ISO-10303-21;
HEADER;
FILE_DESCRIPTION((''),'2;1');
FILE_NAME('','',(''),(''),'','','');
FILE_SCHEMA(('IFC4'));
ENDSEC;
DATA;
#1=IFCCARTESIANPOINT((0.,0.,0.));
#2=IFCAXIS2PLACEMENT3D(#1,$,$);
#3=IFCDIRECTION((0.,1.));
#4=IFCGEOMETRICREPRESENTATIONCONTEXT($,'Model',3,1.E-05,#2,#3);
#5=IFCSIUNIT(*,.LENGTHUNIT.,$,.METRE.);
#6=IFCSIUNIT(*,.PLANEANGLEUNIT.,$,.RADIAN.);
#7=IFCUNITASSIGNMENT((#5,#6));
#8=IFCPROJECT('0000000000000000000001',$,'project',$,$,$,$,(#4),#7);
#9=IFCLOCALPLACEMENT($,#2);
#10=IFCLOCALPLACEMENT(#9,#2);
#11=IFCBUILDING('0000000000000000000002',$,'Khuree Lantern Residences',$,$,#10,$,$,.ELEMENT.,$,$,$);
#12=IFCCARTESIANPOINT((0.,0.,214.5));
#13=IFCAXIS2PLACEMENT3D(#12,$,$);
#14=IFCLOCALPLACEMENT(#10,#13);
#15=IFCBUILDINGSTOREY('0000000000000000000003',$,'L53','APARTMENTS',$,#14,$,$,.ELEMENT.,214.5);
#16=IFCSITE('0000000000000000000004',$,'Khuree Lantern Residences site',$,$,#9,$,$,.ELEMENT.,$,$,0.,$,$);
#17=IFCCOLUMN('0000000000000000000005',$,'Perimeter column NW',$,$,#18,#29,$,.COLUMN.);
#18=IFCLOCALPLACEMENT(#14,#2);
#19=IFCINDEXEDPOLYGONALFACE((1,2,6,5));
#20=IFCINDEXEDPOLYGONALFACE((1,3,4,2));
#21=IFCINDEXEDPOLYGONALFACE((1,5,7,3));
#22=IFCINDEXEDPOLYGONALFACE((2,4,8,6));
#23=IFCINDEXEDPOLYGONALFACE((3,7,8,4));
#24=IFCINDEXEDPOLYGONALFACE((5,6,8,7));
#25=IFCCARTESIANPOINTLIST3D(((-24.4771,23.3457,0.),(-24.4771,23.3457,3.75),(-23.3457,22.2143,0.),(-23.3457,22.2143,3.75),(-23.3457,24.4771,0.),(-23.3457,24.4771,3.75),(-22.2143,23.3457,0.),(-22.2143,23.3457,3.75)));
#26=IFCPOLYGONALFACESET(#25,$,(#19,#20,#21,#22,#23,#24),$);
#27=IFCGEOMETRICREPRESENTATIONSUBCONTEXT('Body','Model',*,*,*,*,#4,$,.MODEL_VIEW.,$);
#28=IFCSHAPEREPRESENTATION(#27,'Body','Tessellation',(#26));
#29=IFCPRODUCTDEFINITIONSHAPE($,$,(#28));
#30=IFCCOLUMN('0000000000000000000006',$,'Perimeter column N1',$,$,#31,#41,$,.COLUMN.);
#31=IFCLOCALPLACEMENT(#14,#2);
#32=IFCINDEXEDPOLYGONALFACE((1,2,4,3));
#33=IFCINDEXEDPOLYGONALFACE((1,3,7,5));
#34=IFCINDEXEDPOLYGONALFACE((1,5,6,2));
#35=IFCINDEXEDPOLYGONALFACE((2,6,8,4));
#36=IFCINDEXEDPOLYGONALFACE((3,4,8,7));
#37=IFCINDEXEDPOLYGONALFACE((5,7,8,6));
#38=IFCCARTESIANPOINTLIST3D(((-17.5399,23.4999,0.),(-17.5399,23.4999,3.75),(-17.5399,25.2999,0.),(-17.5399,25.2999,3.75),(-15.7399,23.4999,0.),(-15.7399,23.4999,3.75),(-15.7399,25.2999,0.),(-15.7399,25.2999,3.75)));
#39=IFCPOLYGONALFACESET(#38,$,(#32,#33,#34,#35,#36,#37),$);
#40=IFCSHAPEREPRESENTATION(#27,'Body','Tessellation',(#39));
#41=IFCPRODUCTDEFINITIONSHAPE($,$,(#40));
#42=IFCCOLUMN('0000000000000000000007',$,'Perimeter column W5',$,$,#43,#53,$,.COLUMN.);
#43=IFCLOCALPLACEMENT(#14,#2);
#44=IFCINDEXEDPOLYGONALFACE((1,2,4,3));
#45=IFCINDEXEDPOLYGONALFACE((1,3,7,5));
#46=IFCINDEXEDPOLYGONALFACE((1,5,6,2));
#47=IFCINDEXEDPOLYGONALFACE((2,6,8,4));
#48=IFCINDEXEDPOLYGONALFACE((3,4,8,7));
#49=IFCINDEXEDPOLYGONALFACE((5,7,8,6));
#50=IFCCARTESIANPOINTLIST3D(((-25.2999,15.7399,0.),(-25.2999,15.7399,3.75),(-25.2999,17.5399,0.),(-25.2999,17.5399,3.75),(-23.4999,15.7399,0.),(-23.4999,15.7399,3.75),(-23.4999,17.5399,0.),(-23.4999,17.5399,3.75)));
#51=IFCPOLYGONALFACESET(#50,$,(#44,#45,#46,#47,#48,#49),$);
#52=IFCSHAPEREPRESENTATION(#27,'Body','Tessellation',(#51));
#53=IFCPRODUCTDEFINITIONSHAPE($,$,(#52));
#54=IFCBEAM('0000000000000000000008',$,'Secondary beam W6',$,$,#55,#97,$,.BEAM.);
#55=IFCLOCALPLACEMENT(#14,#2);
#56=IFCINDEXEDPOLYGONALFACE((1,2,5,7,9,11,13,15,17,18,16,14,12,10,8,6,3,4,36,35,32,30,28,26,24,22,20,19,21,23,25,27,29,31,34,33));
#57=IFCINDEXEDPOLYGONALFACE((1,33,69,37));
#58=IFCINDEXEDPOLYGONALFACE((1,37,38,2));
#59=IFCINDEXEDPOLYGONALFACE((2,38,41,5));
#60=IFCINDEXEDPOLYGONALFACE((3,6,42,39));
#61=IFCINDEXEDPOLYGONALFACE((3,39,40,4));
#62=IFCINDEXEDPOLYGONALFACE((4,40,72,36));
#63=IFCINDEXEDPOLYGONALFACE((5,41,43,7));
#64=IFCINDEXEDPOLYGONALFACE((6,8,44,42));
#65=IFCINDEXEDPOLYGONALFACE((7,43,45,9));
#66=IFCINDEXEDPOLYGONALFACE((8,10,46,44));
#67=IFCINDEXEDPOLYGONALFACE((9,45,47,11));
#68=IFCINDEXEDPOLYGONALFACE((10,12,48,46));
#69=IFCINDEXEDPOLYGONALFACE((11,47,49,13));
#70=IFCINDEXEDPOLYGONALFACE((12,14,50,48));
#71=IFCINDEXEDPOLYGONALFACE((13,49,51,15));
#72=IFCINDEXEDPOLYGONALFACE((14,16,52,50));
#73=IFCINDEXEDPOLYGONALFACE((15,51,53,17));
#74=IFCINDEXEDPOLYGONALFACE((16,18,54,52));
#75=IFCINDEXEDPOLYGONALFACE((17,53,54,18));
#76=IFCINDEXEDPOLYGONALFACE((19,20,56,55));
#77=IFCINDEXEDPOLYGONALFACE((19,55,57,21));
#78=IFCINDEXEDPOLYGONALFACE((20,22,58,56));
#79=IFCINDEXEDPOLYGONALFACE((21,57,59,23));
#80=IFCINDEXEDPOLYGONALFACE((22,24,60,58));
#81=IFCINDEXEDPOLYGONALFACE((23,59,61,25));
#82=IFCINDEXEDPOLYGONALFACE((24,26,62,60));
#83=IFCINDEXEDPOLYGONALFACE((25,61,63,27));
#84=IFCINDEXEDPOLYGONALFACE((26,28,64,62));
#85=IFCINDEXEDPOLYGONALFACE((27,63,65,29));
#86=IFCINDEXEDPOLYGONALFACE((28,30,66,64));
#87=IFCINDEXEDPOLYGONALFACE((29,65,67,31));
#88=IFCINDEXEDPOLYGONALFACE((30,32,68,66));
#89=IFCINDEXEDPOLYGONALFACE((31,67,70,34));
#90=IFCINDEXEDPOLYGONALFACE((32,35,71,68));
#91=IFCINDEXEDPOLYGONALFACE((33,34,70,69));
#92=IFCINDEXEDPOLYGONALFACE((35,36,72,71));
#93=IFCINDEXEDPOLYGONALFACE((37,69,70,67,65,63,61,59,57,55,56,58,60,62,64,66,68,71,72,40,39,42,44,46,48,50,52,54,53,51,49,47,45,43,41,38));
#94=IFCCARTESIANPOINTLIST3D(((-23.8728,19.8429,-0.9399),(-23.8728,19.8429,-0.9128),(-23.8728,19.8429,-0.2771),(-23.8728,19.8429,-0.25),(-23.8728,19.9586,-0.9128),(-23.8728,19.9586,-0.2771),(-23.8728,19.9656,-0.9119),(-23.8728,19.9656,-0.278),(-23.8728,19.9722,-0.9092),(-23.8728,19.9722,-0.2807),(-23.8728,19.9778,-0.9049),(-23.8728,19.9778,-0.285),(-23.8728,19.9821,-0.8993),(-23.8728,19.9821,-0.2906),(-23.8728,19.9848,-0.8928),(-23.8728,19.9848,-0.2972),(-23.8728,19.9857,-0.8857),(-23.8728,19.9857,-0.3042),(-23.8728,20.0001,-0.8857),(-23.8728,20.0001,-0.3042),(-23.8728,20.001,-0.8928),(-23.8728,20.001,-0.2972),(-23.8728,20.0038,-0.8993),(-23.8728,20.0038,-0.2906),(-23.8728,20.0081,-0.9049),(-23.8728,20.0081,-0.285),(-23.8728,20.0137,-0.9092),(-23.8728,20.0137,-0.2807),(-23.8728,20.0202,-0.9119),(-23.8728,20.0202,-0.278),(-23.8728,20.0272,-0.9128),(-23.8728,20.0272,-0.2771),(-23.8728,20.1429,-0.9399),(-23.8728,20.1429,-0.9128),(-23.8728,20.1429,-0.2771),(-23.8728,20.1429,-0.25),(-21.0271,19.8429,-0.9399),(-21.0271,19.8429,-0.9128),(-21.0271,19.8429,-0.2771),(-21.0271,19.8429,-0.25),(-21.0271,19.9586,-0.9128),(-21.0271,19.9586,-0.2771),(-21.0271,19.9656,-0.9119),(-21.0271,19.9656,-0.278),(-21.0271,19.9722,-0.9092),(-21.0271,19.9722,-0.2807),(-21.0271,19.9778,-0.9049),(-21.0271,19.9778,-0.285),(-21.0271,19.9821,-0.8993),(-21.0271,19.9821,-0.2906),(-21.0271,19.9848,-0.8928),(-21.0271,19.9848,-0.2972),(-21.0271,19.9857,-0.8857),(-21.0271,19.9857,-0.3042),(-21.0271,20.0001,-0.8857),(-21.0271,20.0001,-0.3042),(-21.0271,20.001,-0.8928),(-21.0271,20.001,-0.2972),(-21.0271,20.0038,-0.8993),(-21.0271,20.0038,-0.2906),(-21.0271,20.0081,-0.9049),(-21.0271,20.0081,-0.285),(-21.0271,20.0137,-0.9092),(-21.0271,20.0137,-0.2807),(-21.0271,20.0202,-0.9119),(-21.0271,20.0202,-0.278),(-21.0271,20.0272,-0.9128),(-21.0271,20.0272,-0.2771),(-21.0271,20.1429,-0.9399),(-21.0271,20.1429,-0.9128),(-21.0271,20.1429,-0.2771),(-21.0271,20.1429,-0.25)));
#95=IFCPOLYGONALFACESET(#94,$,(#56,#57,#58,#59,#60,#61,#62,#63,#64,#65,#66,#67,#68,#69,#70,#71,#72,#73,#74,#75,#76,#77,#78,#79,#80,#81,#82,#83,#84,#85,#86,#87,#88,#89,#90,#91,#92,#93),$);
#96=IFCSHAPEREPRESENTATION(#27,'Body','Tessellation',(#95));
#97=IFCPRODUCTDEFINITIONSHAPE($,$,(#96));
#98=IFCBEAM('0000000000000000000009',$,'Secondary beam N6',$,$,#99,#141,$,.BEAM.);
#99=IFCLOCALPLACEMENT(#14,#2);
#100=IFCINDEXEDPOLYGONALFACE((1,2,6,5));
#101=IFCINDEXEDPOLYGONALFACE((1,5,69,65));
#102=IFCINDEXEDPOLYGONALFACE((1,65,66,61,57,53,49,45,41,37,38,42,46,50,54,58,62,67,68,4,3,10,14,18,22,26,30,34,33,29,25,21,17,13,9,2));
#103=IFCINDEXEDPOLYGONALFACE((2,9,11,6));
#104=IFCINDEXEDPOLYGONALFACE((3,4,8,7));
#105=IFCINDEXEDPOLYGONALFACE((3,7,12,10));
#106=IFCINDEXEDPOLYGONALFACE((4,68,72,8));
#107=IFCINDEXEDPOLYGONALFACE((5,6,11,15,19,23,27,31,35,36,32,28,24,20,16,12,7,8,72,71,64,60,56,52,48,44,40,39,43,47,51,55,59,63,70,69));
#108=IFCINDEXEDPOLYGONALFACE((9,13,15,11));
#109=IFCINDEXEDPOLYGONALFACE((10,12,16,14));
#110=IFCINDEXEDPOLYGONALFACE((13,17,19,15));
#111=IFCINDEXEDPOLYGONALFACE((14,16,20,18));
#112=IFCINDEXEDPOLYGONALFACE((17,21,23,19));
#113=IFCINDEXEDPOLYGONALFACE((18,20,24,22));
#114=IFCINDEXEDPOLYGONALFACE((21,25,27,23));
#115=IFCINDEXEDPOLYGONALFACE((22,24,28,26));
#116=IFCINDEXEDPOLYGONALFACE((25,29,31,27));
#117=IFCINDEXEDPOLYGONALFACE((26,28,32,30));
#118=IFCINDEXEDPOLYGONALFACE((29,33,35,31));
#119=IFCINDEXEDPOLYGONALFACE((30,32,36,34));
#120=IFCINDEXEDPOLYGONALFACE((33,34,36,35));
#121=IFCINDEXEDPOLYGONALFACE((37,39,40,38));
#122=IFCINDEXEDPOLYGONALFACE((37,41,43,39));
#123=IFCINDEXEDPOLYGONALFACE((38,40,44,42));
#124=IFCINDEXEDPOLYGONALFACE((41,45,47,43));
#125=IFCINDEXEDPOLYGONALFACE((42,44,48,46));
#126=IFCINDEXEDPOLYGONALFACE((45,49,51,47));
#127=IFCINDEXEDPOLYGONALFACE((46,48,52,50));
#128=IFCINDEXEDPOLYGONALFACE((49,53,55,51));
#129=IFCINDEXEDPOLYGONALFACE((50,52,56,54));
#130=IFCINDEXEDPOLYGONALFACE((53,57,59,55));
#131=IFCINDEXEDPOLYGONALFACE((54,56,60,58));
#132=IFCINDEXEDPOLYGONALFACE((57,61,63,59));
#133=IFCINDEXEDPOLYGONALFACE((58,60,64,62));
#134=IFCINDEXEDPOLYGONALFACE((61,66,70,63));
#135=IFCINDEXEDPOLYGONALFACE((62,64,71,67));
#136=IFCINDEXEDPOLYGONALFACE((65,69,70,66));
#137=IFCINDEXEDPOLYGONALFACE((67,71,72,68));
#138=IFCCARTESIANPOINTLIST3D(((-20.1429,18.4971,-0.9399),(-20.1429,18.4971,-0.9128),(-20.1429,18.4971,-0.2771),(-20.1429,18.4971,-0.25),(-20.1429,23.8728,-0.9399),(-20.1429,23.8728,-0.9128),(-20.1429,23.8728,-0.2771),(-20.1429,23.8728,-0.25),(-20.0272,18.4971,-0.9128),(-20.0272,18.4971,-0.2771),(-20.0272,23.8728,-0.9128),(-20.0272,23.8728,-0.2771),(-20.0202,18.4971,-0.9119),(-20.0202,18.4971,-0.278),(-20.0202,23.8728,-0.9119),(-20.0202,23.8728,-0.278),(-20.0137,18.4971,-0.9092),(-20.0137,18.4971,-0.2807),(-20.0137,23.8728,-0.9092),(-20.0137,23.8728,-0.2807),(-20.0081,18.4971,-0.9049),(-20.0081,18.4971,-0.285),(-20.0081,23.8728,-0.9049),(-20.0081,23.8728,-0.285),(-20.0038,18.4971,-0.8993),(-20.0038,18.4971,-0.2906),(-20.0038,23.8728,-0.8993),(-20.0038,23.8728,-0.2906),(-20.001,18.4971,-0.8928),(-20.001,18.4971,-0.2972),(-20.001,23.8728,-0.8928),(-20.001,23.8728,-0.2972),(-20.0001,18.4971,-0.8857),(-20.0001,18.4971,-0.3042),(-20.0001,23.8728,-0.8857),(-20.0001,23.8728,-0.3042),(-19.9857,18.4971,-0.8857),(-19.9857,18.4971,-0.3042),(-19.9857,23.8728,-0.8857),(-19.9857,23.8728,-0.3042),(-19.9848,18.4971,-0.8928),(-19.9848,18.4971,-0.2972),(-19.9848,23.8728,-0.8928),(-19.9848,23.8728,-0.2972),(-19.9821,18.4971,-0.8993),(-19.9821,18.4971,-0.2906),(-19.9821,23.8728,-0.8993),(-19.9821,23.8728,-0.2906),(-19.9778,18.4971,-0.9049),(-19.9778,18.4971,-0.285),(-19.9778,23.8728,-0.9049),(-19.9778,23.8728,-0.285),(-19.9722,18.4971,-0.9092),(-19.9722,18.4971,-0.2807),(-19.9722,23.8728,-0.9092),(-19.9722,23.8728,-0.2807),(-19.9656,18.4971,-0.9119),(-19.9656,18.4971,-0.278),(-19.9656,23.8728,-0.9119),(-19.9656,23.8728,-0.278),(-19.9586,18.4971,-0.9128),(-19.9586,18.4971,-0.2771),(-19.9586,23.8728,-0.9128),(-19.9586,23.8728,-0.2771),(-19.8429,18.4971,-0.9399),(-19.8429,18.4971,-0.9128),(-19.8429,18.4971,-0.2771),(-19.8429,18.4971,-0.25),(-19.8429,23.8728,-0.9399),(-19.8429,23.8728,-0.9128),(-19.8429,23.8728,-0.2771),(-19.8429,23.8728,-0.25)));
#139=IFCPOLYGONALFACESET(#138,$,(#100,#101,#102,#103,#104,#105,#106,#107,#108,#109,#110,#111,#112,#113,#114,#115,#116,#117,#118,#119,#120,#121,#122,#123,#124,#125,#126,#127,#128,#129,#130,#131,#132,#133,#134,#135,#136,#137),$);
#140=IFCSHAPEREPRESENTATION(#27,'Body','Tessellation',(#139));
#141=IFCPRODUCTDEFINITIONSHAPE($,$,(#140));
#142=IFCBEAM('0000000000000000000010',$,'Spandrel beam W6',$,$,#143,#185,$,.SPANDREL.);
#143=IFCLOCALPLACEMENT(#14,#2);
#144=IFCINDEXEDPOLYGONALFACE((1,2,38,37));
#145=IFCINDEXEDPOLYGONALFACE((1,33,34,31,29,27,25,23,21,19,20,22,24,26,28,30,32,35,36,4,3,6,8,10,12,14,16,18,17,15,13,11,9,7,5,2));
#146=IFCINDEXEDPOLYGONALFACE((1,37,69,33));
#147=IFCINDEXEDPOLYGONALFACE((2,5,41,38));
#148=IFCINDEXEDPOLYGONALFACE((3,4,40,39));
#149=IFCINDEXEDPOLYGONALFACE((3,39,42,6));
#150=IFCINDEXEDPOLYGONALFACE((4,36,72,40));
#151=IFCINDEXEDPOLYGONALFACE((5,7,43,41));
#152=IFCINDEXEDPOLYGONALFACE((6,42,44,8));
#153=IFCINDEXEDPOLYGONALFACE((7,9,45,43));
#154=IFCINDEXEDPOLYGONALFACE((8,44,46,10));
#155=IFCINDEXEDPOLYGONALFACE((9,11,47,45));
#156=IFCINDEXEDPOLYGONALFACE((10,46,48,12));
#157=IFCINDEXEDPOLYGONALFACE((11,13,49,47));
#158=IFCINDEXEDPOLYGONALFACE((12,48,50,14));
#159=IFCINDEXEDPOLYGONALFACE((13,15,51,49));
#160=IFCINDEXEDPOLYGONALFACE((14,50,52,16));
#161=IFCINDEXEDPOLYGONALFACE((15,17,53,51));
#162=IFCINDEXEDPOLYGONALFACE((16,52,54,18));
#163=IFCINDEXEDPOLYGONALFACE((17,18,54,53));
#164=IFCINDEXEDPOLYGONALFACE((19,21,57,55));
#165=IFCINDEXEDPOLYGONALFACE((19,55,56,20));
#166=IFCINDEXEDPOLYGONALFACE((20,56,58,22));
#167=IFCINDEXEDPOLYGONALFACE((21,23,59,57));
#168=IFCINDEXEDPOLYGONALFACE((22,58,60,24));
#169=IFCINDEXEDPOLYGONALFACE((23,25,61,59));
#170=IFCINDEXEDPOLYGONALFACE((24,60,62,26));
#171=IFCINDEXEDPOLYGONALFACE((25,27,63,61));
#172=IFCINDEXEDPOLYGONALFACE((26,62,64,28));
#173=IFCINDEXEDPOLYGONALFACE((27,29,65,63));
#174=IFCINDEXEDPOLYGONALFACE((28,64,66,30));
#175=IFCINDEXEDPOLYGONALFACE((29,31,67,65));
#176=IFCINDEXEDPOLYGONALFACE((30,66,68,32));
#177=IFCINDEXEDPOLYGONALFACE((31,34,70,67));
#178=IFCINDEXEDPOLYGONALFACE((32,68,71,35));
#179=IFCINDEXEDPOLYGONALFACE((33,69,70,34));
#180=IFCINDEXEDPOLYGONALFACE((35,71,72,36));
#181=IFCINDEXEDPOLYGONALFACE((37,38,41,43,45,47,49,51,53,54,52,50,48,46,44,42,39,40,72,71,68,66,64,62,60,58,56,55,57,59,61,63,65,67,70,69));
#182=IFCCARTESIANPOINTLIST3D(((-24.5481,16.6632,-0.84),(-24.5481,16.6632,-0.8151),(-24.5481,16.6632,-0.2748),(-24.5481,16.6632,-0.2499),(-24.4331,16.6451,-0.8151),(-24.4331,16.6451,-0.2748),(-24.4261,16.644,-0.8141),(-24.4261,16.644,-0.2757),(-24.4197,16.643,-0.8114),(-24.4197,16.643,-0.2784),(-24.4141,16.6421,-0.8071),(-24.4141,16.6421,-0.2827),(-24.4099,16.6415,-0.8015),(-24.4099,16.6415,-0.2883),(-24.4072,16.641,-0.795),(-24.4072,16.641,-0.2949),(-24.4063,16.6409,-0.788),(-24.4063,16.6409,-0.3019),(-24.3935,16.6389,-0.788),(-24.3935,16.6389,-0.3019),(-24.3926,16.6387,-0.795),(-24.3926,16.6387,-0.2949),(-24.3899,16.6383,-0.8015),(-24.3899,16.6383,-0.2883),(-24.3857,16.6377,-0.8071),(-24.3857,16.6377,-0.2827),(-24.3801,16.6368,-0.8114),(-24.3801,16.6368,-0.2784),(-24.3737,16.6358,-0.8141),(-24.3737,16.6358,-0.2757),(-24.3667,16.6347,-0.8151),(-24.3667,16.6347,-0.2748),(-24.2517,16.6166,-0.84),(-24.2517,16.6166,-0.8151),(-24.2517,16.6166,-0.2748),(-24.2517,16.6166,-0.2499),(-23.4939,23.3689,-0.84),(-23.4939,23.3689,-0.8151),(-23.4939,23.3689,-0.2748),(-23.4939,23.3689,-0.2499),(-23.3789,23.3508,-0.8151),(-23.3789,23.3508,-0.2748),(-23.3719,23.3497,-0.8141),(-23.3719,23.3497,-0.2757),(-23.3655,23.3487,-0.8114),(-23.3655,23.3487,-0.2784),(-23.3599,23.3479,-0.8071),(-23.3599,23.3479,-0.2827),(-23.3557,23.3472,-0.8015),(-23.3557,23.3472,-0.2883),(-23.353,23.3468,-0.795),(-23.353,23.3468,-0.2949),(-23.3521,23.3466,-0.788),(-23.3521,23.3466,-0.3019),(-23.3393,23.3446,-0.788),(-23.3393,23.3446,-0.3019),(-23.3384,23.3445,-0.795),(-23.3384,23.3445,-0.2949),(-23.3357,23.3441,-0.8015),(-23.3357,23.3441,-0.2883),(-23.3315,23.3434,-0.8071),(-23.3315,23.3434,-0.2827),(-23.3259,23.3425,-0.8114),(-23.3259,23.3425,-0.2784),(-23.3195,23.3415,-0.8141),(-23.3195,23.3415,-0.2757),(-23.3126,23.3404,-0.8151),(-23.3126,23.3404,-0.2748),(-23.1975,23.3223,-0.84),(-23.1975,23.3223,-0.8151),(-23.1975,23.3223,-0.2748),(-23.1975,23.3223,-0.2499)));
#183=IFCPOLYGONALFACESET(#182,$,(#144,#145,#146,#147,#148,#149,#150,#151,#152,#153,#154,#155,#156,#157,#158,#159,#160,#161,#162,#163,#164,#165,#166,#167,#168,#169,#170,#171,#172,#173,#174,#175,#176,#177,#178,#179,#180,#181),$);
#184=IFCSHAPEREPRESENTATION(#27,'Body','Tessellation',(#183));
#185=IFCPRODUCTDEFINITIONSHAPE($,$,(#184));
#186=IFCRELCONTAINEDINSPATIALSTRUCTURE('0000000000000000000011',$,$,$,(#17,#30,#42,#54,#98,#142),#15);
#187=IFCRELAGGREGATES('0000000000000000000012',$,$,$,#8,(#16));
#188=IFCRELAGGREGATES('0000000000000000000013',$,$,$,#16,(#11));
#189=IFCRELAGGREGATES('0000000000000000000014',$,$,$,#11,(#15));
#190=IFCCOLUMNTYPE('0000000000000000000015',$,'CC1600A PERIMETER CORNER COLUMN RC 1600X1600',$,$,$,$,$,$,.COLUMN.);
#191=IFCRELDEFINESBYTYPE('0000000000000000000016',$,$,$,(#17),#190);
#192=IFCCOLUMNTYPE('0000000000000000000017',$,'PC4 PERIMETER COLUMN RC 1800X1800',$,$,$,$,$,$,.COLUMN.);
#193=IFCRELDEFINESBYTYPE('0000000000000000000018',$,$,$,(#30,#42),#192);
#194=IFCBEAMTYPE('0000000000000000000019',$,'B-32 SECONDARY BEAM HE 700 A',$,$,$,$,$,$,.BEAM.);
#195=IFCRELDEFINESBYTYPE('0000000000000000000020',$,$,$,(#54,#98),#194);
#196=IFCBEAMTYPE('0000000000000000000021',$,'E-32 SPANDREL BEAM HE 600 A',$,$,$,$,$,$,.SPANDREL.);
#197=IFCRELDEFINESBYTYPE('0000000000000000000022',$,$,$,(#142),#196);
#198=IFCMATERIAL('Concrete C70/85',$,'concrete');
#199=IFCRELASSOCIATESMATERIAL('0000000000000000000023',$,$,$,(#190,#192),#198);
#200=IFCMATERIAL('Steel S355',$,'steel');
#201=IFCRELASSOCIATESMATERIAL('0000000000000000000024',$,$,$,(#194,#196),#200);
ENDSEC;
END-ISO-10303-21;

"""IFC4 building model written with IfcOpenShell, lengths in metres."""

from ifc_helpers import new_model, si_unit, direction, frame, origin, origin_2d, place, context, subcontext, project, spatial, rectangle, i_section, extrude, material, material_profile, profile_set, type_object, element, save


model = new_model("IFC4")

# Units and contexts
model_context = context("Model", 3, precision=1e-05, world=origin(), true_north=direction((0.0, 1.0)))
body_context = subcontext(model_context, "Body", "Model", "MODEL_VIEW")
ifc_project = project(units=[si_unit("LENGTHUNIT", "METRE"), si_unit("PLANEANGLEUNIT", "RADIAN")], contexts=[model_context])

# Site, building, storey
site_placement = place(None, origin())
site = spatial("IfcSite", under=ifc_project, at=site_placement, Name="Khuree Lantern Residences site", CompositionType="ELEMENT", RefElevation=0.0)
building_placement = place(site_placement, origin())
building = spatial("IfcBuilding", under=site, at=building_placement, Name="Khuree Lantern Residences", CompositionType="ELEMENT")
storey_placement = place(building_placement, frame((0.0, 0.0, 214.5)))
storey = spatial("IfcBuildingStorey", under=building, at=storey_placement, Name="L53", Description="APARTMENTS", CompositionType="ELEMENT", Elevation=214.5)

# Columns
ifc_material_1 = material(Name="Concrete C70/85", Category="concrete")
ifc_material_profile_1 = material_profile(ifc_material_1, rectangle(XDim=1.6001, YDim=1.6001, at=origin_2d()), Name="RC 1600X1600")
ifc_profile_set_1 = profile_set([ifc_material_profile_1], Name="Concrete C70/85")
column_type_1 = type_object("IfcColumnType", Name="CC1600A PERIMETER CORNER COLUMN RC 1600X1600", PredefinedType="COLUMN", material=ifc_profile_set_1)
column_placement = place(storey_placement, frame((-23.3457, 23.3457, 0.0), z_axis=(0.0, 0.0, 1.0), x_axis=(0.707107, 0.707107, 0.0)))
element("IfcColumn", 1, at=column_placement, inside=storey, type_object=column_type_1, Name="Perimeter column NW", PredefinedType="COLUMN", context=body_context, shape_type="SweptSolid", body=[
    extrude(rectangle(XDim=1.6001, YDim=1.6001, at=origin_2d()), origin(), (0.0, 0.0, 1.0), 3.75),
])
ifc_material_profile_2 = material_profile(ifc_material_1, rectangle(XDim=1.8, YDim=1.8, at=origin_2d()), Name="RC 1800X1800")
ifc_profile_set_2 = profile_set([ifc_material_profile_2], Name="Concrete C70/85")
column_type_2 = type_object("IfcColumnType", Name="PC4 PERIMETER COLUMN RC 1800X1800", PredefinedType="COLUMN", material=ifc_profile_set_2)
for number, where, z_axis, x_axis, name in (
    (2, (-16.6399, 24.3999, 0.0), (0.0, 0.0, 1.0), (1.0, 0.0, 0.0), "Perimeter column N1"),
    (3, (-24.3999, 16.6399, 0.0), (0.0, 0.0, 1.0), (0.0, 1.0, 0.0), "Perimeter column W5"),
):
    element("IfcColumn", number, at=place(storey_placement, frame(where, z_axis=z_axis, x_axis=x_axis)), inside=storey, type_object=column_type_2, Name=name, PredefinedType="COLUMN", context=body_context, shape_type="SweptSolid", body=[
        extrude(rectangle(XDim=1.8, YDim=1.8, at=origin_2d()), origin(), (0.0, 0.0, 1.0), 3.75),
    ])

# Beams
ifc_material_2 = material(Name="Steel S355", Category="steel")
ifc_material_profile_3 = material_profile(ifc_material_2, i_section(OverallWidth=0.3, OverallDepth=0.6899, WebThickness=0.0144, FlangeThickness=0.0271, FilletRadius=0.0271, at=origin_2d()), Name="HE 700 A")
ifc_profile_set_3 = profile_set([ifc_material_profile_3], Name="Steel S355")
beam_type_1 = type_object("IfcBeamType", Name="B-32 SECONDARY BEAM HE 700 A", PredefinedType="BEAM", material=ifc_profile_set_3)
beam_1_placement = place(storey_placement, frame((-23.8728, 19.9929, -0.595), z_axis=(1.0, 0.0, 0.0), x_axis=(0.0, 1.0, 0.0)))
element("IfcBeam", 4, at=beam_1_placement, inside=storey, type_object=beam_type_1, Name="Secondary beam W6", PredefinedType="BEAM", context=body_context, shape_type="SweptSolid", body=[
    extrude(i_section(OverallWidth=0.3, OverallDepth=0.6899, WebThickness=0.0144, FlangeThickness=0.0271, FilletRadius=0.0271, at=origin_2d()), origin(), (0.0, 0.0, 1.0), 2.8457),
])
beam_2_placement = place(storey_placement, frame((-19.9929, 23.8728, -0.595), z_axis=(0.0, -1.0, 0.0), x_axis=(1.0, 0.0, 0.0)))
element("IfcBeam", 5, at=beam_2_placement, inside=storey, type_object=beam_type_1, Name="Secondary beam N6", PredefinedType="BEAM", context=body_context, shape_type="SweptSolid", body=[
    extrude(i_section(OverallWidth=0.3, OverallDepth=0.6899, WebThickness=0.0144, FlangeThickness=0.0271, FilletRadius=0.0271, at=origin_2d()), origin(), (0.0, 0.0, 1.0), 5.3757),
])
ifc_material_profile_4 = material_profile(ifc_material_2, i_section(OverallWidth=0.3, OverallDepth=0.5901, WebThickness=0.0129, FlangeThickness=0.0249, FilletRadius=0.0271, at=origin_2d()), Name="HE 600 A")
ifc_profile_set_4 = profile_set([ifc_material_profile_4], Name="Steel S355")
beam_type_2 = type_object("IfcBeamType", Name="E-32 SPANDREL BEAM HE 600 A", PredefinedType="SPANDREL", material=ifc_profile_set_4)
for number, where, z_axis, x_axis, name in (
    (6, (-24.3999, 16.6399, -0.5449), (0.1553, 0.987867, 0.0), (-0.987867, 0.1553, 0.0), "Spandrel beam W6"),
):
    element("IfcBeam", number, at=place(storey_placement, frame(where, z_axis=z_axis, x_axis=x_axis)), inside=storey, type_object=beam_type_2, Name=name, PredefinedType="SPANDREL", context=body_context, shape_type="SweptSolid", body=[
        extrude(i_section(OverallWidth=0.3, OverallDepth=0.5901, WebThickness=0.0129, FlangeThickness=0.0249, FilletRadius=0.0271, at=origin_2d()), origin(), (0.0, 0.0, 1.0), 6.7881),
    ])

save(model, "model.ifc")
